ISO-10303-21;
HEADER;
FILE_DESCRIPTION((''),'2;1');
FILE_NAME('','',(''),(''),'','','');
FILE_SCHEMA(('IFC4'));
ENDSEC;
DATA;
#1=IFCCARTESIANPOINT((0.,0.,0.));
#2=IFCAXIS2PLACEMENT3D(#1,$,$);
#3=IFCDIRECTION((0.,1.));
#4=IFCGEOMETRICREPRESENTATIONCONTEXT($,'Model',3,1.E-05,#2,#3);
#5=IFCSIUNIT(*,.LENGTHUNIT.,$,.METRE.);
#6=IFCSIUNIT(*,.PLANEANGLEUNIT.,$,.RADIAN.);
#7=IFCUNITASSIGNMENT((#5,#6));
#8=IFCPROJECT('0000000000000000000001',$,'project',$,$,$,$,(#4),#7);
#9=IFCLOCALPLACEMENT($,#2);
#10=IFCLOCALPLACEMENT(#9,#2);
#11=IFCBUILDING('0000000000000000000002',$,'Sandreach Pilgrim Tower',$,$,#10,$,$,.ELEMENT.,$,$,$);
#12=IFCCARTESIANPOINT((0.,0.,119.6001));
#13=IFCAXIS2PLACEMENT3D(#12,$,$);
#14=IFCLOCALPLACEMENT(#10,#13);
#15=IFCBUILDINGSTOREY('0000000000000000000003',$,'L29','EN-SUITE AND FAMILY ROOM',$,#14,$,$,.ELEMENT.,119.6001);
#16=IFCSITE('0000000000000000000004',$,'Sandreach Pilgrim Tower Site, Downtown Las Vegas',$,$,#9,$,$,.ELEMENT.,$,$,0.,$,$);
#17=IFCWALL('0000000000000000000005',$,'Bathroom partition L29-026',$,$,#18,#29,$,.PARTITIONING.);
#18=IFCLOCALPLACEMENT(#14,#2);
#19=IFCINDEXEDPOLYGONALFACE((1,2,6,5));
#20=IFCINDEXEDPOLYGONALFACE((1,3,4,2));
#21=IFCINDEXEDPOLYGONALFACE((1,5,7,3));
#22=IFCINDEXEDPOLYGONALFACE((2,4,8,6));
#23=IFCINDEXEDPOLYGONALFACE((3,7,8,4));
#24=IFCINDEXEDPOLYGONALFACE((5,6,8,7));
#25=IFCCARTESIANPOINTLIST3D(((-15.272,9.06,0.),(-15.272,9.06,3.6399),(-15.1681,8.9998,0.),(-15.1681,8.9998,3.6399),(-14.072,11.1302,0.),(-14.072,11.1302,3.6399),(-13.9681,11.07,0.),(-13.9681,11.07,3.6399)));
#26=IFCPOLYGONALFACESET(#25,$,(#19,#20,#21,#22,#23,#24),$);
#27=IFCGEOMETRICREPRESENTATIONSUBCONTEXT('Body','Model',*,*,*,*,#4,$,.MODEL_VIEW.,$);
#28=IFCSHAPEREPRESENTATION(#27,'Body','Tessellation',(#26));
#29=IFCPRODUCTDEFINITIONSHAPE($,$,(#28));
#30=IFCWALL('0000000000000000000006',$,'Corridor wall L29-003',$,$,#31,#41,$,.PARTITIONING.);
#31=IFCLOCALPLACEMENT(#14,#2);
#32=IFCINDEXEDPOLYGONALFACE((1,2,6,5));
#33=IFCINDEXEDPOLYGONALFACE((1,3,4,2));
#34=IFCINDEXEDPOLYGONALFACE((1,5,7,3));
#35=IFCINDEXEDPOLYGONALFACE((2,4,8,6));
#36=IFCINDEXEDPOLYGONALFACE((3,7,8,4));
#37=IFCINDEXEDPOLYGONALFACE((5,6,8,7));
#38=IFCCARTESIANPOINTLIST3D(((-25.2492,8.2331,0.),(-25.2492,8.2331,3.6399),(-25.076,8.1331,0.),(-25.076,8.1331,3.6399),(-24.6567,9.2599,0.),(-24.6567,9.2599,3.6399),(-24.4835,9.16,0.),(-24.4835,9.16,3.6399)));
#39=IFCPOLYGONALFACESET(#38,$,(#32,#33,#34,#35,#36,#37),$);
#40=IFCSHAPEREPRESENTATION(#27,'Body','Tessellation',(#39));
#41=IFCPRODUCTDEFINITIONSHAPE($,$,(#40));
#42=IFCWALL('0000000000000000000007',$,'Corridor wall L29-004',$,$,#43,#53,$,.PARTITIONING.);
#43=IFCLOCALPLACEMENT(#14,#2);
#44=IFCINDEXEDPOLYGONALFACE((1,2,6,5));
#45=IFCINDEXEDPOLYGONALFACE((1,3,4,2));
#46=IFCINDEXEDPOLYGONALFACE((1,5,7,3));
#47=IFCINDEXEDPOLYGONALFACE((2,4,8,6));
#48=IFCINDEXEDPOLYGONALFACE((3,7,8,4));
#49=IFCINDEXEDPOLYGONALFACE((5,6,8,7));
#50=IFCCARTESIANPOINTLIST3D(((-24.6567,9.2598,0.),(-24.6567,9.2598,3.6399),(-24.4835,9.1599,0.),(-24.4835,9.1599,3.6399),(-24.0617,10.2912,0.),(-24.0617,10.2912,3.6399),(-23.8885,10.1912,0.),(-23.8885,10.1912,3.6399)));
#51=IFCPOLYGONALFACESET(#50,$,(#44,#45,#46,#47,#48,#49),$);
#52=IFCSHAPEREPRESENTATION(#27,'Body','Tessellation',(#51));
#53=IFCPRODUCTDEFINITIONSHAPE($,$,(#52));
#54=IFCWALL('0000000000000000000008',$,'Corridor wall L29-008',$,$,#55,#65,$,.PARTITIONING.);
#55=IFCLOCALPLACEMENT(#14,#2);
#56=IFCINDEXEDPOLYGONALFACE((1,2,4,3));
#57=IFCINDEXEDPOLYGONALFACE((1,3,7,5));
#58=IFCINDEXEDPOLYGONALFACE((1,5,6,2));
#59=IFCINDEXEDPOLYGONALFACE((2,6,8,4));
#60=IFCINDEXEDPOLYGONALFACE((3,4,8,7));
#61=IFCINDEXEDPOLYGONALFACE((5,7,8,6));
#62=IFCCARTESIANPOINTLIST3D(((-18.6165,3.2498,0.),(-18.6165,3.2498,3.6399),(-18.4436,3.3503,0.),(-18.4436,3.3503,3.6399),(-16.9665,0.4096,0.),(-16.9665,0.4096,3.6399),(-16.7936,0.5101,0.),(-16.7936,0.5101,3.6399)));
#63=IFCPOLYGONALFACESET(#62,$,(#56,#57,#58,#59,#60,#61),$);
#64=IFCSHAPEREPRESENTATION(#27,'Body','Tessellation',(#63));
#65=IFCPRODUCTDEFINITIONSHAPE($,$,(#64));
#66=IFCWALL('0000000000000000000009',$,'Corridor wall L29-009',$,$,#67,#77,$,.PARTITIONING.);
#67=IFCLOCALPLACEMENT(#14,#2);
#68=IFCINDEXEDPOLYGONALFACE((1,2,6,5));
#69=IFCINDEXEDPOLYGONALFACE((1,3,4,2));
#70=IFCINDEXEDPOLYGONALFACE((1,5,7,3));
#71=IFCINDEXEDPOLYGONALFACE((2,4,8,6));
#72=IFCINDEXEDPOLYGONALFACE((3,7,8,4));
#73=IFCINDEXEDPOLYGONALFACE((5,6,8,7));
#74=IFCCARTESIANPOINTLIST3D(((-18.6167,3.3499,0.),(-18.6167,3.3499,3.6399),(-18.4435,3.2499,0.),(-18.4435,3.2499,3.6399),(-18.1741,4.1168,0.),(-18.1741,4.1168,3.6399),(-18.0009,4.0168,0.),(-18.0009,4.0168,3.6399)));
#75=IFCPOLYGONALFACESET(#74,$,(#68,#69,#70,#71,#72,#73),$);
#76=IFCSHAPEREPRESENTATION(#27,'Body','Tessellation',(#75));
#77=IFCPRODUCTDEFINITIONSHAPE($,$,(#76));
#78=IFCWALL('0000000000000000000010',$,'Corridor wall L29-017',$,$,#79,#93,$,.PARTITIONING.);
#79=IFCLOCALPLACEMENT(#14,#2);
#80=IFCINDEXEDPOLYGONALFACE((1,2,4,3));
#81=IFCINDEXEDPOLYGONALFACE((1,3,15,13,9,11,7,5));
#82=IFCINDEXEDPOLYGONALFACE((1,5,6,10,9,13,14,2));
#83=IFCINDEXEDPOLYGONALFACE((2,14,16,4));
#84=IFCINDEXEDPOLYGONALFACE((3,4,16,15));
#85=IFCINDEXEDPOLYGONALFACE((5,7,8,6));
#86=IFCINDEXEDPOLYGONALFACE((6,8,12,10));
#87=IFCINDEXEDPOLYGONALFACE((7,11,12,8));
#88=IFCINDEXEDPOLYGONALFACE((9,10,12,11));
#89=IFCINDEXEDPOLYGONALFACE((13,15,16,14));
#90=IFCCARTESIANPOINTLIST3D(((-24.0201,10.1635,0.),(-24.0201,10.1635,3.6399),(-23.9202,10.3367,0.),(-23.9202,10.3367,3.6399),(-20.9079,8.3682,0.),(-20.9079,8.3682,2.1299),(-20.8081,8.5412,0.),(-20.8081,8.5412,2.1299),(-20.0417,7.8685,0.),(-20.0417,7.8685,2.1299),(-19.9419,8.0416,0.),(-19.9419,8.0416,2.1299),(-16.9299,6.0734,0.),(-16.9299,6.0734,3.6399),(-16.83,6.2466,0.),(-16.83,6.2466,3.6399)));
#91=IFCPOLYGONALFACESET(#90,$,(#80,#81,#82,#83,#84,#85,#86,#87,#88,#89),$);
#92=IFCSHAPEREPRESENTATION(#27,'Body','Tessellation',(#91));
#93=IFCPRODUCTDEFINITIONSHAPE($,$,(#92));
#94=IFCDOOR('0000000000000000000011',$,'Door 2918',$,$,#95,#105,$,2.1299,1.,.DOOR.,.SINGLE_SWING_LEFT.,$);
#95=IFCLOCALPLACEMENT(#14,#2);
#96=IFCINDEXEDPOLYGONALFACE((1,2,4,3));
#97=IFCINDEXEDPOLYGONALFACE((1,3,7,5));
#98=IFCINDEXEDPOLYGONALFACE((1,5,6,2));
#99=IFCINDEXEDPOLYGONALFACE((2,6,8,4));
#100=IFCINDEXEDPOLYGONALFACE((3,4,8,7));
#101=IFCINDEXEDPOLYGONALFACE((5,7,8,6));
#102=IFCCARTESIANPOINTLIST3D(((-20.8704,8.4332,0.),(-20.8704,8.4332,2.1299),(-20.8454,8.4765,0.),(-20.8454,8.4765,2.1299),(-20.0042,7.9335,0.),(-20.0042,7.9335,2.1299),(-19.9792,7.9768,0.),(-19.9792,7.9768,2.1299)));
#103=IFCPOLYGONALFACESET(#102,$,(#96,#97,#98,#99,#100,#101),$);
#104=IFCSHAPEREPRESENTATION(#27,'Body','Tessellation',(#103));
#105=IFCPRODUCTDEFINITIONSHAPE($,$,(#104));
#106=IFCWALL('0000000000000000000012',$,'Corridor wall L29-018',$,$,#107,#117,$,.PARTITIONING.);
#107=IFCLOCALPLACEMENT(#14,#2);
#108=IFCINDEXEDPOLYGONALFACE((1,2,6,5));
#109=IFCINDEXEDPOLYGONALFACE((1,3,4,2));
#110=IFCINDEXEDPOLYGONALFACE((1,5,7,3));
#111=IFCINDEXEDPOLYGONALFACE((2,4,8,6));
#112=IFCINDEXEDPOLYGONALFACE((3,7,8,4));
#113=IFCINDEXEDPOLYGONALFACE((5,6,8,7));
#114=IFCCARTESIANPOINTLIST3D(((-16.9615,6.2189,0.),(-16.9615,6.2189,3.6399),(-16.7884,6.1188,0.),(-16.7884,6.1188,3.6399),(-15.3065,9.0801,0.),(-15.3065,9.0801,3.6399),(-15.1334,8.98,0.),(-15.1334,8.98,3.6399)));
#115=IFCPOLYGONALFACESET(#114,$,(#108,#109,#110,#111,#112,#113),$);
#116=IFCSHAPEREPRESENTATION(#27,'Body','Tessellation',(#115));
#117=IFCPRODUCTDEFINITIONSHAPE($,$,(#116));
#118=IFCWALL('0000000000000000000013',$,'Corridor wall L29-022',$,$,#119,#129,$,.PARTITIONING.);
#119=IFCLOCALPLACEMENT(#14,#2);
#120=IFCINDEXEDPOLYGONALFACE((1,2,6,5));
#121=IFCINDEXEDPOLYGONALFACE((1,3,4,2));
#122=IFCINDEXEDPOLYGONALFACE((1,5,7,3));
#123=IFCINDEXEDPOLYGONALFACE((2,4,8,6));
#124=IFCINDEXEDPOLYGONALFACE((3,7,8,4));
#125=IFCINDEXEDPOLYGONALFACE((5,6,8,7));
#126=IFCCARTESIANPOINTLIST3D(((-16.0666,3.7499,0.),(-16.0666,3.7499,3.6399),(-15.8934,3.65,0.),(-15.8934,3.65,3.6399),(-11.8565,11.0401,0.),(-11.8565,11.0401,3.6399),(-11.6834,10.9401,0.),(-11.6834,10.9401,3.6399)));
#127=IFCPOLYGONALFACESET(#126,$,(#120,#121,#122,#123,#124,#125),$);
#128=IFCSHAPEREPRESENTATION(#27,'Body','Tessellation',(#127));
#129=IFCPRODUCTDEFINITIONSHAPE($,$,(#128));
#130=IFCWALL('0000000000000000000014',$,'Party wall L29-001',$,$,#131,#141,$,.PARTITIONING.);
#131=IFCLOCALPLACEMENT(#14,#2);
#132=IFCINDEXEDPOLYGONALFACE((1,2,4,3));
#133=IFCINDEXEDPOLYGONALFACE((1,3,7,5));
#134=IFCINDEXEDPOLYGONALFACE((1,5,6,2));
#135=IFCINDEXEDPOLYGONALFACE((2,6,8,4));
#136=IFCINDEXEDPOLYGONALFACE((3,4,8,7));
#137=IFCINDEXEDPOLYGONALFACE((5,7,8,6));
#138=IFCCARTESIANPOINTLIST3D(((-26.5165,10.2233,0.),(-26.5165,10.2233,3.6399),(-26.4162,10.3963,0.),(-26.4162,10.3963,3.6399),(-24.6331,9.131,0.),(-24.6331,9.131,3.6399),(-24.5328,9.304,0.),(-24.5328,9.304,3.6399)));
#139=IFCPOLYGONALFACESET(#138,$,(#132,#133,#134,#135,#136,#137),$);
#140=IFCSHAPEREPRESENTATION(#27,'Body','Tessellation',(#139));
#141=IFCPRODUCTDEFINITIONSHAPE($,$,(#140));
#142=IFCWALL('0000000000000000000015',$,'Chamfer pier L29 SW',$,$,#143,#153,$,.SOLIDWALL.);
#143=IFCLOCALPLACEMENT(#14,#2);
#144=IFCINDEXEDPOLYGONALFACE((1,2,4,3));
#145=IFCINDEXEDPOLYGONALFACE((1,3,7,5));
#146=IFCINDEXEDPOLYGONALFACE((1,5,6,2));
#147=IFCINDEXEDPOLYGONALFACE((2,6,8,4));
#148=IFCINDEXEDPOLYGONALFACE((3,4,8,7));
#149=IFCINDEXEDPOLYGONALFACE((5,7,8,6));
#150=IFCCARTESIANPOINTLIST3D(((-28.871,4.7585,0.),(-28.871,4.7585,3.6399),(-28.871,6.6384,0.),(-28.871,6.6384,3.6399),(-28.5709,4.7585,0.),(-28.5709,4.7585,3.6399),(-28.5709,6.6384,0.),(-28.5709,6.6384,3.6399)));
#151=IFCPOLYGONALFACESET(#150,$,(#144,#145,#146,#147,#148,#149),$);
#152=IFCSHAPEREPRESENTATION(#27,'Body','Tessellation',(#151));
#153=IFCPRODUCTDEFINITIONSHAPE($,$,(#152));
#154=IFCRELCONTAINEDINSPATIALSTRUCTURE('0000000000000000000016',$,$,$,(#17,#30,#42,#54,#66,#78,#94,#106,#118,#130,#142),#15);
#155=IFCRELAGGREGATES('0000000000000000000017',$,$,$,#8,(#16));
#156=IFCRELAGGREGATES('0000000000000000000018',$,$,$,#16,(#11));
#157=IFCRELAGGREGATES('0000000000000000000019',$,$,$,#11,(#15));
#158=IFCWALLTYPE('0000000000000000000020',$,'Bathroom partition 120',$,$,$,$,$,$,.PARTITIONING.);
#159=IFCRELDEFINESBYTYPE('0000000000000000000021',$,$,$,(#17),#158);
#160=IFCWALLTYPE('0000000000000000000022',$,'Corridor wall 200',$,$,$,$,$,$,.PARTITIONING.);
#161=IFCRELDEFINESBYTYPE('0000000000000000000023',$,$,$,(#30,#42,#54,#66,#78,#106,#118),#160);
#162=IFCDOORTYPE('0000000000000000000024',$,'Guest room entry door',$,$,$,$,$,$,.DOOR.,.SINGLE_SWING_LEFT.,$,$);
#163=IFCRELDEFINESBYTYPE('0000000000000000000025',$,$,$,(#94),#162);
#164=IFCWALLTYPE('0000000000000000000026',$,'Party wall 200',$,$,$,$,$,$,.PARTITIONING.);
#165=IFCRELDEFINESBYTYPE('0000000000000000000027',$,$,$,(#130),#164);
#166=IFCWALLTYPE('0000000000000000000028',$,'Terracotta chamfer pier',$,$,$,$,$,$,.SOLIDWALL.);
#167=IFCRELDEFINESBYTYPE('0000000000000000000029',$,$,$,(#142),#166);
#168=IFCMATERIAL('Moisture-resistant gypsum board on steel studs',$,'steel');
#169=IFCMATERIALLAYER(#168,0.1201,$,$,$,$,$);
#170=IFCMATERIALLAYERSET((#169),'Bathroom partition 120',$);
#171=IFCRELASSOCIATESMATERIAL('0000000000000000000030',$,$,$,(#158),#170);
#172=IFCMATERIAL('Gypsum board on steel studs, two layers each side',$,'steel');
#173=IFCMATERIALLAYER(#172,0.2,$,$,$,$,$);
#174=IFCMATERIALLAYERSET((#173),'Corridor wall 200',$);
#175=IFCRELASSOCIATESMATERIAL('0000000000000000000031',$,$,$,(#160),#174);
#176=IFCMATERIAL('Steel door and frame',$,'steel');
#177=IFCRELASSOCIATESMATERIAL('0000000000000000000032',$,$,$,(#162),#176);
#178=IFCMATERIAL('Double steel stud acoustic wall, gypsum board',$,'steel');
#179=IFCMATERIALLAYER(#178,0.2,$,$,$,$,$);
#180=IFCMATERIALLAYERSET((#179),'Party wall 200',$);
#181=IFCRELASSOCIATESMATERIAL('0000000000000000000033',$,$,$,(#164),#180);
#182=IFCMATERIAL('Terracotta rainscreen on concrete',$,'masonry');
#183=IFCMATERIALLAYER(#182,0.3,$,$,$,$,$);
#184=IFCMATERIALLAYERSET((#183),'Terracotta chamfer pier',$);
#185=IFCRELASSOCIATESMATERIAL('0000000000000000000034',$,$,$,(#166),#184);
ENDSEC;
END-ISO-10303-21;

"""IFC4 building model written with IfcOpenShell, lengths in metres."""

from ifc_helpers import new_model, si_unit, direction, frame, frame_2d, origin, place, context, subcontext, project, spatial, rectangle, extrude, material, layer, layer_set, type_object, element, fill, save


model = new_model("IFC4")

# Units and contexts
model_context = context("Model", 3, precision=1e-05, world=origin(), true_north=direction((0.0, 1.0)))
body_context = subcontext(model_context, "Body", "Model", "MODEL_VIEW")
ifc_project = project(units=[si_unit("LENGTHUNIT", "METRE"), si_unit("PLANEANGLEUNIT", "RADIAN")], contexts=[model_context])

# Site, building, storey
site_placement = place(None, origin())
site = spatial("IfcSite", under=ifc_project, at=site_placement, Name="Sandreach Pilgrim Tower Site, Downtown Las Vegas", CompositionType="ELEMENT", RefElevation=0.0)
building_placement = place(site_placement, origin())
building = spatial("IfcBuilding", under=site, at=building_placement, Name="Sandreach Pilgrim Tower", CompositionType="ELEMENT")
storey_placement = place(building_placement, frame((0.0, 0.0, 119.6001)))
storey = spatial("IfcBuildingStorey", under=building, at=storey_placement, Name="L29", Description="EN-SUITE AND FAMILY ROOM", CompositionType="ELEMENT", Elevation=119.6001)

# Shared definitions
ifc_material_1 = material(Name="Moisture-resistant gypsum board on steel studs", Category="steel")
ifc_layer_1 = layer(ifc_material_1, 0.1201)
ifc_layer_set_1 = layer_set([ifc_layer_1], Name="Bathroom partition 120")
wall_type_1 = type_object("IfcWallType", Name="Bathroom partition 120", PredefinedType="PARTITIONING", material=ifc_layer_set_1)

# Wall
wall_1_placement = place(storey_placement, frame((-15.22, 9.03, 0.0), z_axis=(0.0, 0.0, 1.0), x_axis=(0.501503, 0.865156, 0.0)))
element("IfcWall", 1, at=wall_1_placement, inside=storey, type_object=wall_type_1, Name="Bathroom partition L29-026", PredefinedType="PARTITIONING", context=body_context, shape_type="SweptSolid", body=[
    extrude(rectangle(XDim=2.3928, YDim=0.1201, at=frame_2d((1.1963, 0.0))), origin(), (0.0, 0.0, 1.0), 3.6399),
])

# Shared definitions
ifc_material_2 = material(Name="Gypsum board on steel studs, two layers each side", Category="steel")
ifc_layer_2 = layer(ifc_material_2, 0.2)
ifc_layer_set_2 = layer_set([ifc_layer_2], Name="Corridor wall 200")
wall_type_2 = type_object("IfcWallType", Name="Corridor wall 200", PredefinedType="PARTITIONING", material=ifc_layer_set_2)
ifc_material_3 = material(Name="Steel door and frame", Category="steel")
door_type_1 = type_object("IfcDoorType", Name="Guest room entry door", OperationType="SINGLE_SWING_LEFT", PredefinedType="DOOR", material=ifc_material_3)

# Walls
wall_2_placement = place(storey_placement, frame((-25.1626, 8.1831, 0.0), z_axis=(0.0, 0.0, 1.0), x_axis=(0.499794, 0.866144, 0.0)))
element("IfcWall", 2, at=wall_2_placement, inside=storey, type_object=wall_type_2, Name="Corridor wall L29-003", PredefinedType="PARTITIONING", context=body_context, shape_type="SweptSolid", body=[
    extrude(rectangle(XDim=1.1855, YDim=0.2, at=frame_2d((0.5928, 0.0))), origin(), (0.0, 0.0, 1.0), 3.6399),
])
wall_3_placement = place(storey_placement, frame((-24.5701, 9.21, 0.0), z_axis=(0.0, 0.0, 1.0), x_axis=(0.499734, 0.866179, 0.0)))
element("IfcWall", 3, at=wall_3_placement, inside=storey, type_object=wall_type_2, Name="Corridor wall L29-004", PredefinedType="PARTITIONING", context=body_context, shape_type="SweptSolid", body=[
    extrude(rectangle(XDim=1.1907, YDim=0.2, at=frame_2d((0.5952, 0.0))), origin(), (0.0, 0.0, 1.0), 3.6399),
])
wall_4_placement = place(storey_placement, frame((-18.53, 3.3, 0.0), z_axis=(0.0, 0.0, 1.0), x_axis=(0.502322, -0.864681, 0.0)))
element("IfcWall", 4, at=wall_4_placement, inside=storey, type_object=wall_type_2, Name="Corridor wall L29-008", PredefinedType="PARTITIONING", context=body_context, shape_type="SweptSolid", body=[
    extrude(rectangle(XDim=3.2847, YDim=0.2, at=frame_2d((1.6423, 0.0))), origin(), (0.0, 0.0, 1.0), 3.6399),
])
wall_5_placement = place(storey_placement, frame((-18.0874, 4.0669, 0.0), z_axis=(0.0, 0.0, 1.0), x_axis=(-0.499905, -0.86608, 0.0)))
element("IfcWall", 5, at=wall_5_placement, inside=storey, type_object=wall_type_2, Name="Corridor wall L29-009", PredefinedType="PARTITIONING", context=body_context, shape_type="SweptSolid", body=[
    extrude(rectangle(XDim=0.8855, YDim=0.2, at=frame_2d((0.4429, 0.0))), origin(), (0.0, 0.0, 1.0), 3.6399),
])

# Wall, opening, door
wall_6_placement = place(storey_placement, frame((-16.8799, 6.1599, 0.0), z_axis=(0.0, 0.0, 1.0), x_axis=(-0.866204, 0.499691, 0.0)))
wall_6 = element("IfcWall", 6, at=wall_6_placement, inside=storey, type_object=wall_type_2, Name="Corridor wall L29-017", PredefinedType="PARTITIONING", context=body_context, shape_type="SweptSolid", body=[
    extrude(rectangle(XDim=8.1853, YDim=0.2, at=frame_2d((4.0928, 0.0))), origin(), (0.0, 0.0, 1.0), 3.6399),
])
opening_1_placement = place(wall_6_placement, frame((3.5925, 0.0, 0.0)))
opening_1 = element("IfcOpeningElement", 7, at=opening_1_placement, cuts=wall_6, PredefinedType="OPENING", context=body_context, shape_type="SweptSolid", body=[
    extrude(rectangle(XDim=1.0, YDim=2.1299, at=frame_2d((0.5, 1.0649))), frame((0.0, 0.1001, 0.0), z_axis=(0.0, -1.0, 0.0), x_axis=(1.0, 0.0, 0.0)), (0.0, 0.0, 1.0), 0.2),
])
door_1_placement = place(opening_1_placement, origin())
door_1 = element("IfcDoor", 8, at=door_1_placement, inside=storey, type_object=door_type_1, Name="Door 2918", OperationType="SINGLE_SWING_LEFT", OverallHeight=2.1299, OverallWidth=1.0, PredefinedType="DOOR", context=body_context, shape_type="SweptSolid", body=[
    extrude(rectangle(XDim=1.0, YDim=2.1299, at=frame_2d((0.5, 1.0649))), frame((0.0, 0.0249, 0.0), z_axis=(0.0, -1.0, 0.0), x_axis=(1.0, 0.0, 0.0)), (0.0, 0.0, 1.0), 0.05),
])
fill(opening_1, door_1)

# Walls
wall_7_placement = place(storey_placement, frame((-16.875, 6.1687, 0.0), z_axis=(0.0, 0.0, 1.0), x_axis=(0.50069, 0.865627, 0.0)))
element("IfcWall", 9, at=wall_7_placement, inside=storey, type_object=wall_type_2, Name="Corridor wall L29-018", PredefinedType="PARTITIONING", context=body_context, shape_type="SweptSolid", body=[
    extrude(rectangle(XDim=3.3054, YDim=0.2, at=frame_2d((1.6528, 0.0))), origin(), (0.0, 0.0, 1.0), 3.6399),
])
wall_8_placement = place(storey_placement, frame((-15.98, 3.7, 0.0), z_axis=(0.0, 0.0, 1.0), x_axis=(0.500094, 0.865971, 0.0)))
element("IfcWall", 10, at=wall_8_placement, inside=storey, type_object=wall_type_2, Name="Corridor wall L29-022", PredefinedType="PARTITIONING", context=body_context, shape_type="SweptSolid", body=[
    extrude(rectangle(XDim=8.4185, YDim=0.2, at=frame_2d((4.2092, 0.0))), origin(), (0.0, 0.0, 1.0), 3.6399),
])
ifc_material_4 = material(Name="Double steel stud acoustic wall, gypsum board", Category="steel")
ifc_layer_3 = layer(ifc_material_4, 0.2)
ifc_layer_set_3 = layer_set([ifc_layer_3], Name="Party wall 200")
wall_type_3 = type_object("IfcWallType", Name="Party wall 200", PredefinedType="PARTITIONING", material=ifc_layer_set_3)
wall_9_placement = place(storey_placement, frame((-26.4663, 10.3098, 0.0), z_axis=(0.0, 0.0, 1.0), x_axis=(0.865037, -0.501708, 0.0)))
element("IfcWall", 11, at=wall_9_placement, inside=storey, type_object=wall_type_3, Name="Party wall L29-001", PredefinedType="PARTITIONING", context=body_context, shape_type="SweptSolid", body=[
    extrude(rectangle(XDim=2.1772, YDim=0.2, at=frame_2d((1.0886, 0.0))), origin(), (0.0, 0.0, 1.0), 3.6399),
])
ifc_material_5 = material(Name="Terracotta rainscreen on concrete", Category="masonry")
ifc_layer_4 = layer(ifc_material_5, 0.3)
ifc_layer_set_4 = layer_set([ifc_layer_4], Name="Terracotta chamfer pier")
wall_type_4 = type_object("IfcWallType", Name="Terracotta chamfer pier", PredefinedType="SOLIDWALL", material=ifc_layer_set_4)
wall_10_placement = place(storey_placement, frame((-28.7209, 4.7585, 0.0), z_axis=(0.0, 0.0, 1.0), x_axis=(0.0, 1.0, 0.0)))
element("IfcWall", 12, at=wall_10_placement, inside=storey, type_object=wall_type_4, Name="Chamfer pier L29 SW", PredefinedType="SOLIDWALL", context=body_context, shape_type="SweptSolid", body=[
    extrude(rectangle(XDim=1.8799, YDim=0.3, at=frame_2d((0.9399, 0.0))), origin(), (0.0, 0.0, 1.0), 3.6399),
])

save(model, "model.ifc")
